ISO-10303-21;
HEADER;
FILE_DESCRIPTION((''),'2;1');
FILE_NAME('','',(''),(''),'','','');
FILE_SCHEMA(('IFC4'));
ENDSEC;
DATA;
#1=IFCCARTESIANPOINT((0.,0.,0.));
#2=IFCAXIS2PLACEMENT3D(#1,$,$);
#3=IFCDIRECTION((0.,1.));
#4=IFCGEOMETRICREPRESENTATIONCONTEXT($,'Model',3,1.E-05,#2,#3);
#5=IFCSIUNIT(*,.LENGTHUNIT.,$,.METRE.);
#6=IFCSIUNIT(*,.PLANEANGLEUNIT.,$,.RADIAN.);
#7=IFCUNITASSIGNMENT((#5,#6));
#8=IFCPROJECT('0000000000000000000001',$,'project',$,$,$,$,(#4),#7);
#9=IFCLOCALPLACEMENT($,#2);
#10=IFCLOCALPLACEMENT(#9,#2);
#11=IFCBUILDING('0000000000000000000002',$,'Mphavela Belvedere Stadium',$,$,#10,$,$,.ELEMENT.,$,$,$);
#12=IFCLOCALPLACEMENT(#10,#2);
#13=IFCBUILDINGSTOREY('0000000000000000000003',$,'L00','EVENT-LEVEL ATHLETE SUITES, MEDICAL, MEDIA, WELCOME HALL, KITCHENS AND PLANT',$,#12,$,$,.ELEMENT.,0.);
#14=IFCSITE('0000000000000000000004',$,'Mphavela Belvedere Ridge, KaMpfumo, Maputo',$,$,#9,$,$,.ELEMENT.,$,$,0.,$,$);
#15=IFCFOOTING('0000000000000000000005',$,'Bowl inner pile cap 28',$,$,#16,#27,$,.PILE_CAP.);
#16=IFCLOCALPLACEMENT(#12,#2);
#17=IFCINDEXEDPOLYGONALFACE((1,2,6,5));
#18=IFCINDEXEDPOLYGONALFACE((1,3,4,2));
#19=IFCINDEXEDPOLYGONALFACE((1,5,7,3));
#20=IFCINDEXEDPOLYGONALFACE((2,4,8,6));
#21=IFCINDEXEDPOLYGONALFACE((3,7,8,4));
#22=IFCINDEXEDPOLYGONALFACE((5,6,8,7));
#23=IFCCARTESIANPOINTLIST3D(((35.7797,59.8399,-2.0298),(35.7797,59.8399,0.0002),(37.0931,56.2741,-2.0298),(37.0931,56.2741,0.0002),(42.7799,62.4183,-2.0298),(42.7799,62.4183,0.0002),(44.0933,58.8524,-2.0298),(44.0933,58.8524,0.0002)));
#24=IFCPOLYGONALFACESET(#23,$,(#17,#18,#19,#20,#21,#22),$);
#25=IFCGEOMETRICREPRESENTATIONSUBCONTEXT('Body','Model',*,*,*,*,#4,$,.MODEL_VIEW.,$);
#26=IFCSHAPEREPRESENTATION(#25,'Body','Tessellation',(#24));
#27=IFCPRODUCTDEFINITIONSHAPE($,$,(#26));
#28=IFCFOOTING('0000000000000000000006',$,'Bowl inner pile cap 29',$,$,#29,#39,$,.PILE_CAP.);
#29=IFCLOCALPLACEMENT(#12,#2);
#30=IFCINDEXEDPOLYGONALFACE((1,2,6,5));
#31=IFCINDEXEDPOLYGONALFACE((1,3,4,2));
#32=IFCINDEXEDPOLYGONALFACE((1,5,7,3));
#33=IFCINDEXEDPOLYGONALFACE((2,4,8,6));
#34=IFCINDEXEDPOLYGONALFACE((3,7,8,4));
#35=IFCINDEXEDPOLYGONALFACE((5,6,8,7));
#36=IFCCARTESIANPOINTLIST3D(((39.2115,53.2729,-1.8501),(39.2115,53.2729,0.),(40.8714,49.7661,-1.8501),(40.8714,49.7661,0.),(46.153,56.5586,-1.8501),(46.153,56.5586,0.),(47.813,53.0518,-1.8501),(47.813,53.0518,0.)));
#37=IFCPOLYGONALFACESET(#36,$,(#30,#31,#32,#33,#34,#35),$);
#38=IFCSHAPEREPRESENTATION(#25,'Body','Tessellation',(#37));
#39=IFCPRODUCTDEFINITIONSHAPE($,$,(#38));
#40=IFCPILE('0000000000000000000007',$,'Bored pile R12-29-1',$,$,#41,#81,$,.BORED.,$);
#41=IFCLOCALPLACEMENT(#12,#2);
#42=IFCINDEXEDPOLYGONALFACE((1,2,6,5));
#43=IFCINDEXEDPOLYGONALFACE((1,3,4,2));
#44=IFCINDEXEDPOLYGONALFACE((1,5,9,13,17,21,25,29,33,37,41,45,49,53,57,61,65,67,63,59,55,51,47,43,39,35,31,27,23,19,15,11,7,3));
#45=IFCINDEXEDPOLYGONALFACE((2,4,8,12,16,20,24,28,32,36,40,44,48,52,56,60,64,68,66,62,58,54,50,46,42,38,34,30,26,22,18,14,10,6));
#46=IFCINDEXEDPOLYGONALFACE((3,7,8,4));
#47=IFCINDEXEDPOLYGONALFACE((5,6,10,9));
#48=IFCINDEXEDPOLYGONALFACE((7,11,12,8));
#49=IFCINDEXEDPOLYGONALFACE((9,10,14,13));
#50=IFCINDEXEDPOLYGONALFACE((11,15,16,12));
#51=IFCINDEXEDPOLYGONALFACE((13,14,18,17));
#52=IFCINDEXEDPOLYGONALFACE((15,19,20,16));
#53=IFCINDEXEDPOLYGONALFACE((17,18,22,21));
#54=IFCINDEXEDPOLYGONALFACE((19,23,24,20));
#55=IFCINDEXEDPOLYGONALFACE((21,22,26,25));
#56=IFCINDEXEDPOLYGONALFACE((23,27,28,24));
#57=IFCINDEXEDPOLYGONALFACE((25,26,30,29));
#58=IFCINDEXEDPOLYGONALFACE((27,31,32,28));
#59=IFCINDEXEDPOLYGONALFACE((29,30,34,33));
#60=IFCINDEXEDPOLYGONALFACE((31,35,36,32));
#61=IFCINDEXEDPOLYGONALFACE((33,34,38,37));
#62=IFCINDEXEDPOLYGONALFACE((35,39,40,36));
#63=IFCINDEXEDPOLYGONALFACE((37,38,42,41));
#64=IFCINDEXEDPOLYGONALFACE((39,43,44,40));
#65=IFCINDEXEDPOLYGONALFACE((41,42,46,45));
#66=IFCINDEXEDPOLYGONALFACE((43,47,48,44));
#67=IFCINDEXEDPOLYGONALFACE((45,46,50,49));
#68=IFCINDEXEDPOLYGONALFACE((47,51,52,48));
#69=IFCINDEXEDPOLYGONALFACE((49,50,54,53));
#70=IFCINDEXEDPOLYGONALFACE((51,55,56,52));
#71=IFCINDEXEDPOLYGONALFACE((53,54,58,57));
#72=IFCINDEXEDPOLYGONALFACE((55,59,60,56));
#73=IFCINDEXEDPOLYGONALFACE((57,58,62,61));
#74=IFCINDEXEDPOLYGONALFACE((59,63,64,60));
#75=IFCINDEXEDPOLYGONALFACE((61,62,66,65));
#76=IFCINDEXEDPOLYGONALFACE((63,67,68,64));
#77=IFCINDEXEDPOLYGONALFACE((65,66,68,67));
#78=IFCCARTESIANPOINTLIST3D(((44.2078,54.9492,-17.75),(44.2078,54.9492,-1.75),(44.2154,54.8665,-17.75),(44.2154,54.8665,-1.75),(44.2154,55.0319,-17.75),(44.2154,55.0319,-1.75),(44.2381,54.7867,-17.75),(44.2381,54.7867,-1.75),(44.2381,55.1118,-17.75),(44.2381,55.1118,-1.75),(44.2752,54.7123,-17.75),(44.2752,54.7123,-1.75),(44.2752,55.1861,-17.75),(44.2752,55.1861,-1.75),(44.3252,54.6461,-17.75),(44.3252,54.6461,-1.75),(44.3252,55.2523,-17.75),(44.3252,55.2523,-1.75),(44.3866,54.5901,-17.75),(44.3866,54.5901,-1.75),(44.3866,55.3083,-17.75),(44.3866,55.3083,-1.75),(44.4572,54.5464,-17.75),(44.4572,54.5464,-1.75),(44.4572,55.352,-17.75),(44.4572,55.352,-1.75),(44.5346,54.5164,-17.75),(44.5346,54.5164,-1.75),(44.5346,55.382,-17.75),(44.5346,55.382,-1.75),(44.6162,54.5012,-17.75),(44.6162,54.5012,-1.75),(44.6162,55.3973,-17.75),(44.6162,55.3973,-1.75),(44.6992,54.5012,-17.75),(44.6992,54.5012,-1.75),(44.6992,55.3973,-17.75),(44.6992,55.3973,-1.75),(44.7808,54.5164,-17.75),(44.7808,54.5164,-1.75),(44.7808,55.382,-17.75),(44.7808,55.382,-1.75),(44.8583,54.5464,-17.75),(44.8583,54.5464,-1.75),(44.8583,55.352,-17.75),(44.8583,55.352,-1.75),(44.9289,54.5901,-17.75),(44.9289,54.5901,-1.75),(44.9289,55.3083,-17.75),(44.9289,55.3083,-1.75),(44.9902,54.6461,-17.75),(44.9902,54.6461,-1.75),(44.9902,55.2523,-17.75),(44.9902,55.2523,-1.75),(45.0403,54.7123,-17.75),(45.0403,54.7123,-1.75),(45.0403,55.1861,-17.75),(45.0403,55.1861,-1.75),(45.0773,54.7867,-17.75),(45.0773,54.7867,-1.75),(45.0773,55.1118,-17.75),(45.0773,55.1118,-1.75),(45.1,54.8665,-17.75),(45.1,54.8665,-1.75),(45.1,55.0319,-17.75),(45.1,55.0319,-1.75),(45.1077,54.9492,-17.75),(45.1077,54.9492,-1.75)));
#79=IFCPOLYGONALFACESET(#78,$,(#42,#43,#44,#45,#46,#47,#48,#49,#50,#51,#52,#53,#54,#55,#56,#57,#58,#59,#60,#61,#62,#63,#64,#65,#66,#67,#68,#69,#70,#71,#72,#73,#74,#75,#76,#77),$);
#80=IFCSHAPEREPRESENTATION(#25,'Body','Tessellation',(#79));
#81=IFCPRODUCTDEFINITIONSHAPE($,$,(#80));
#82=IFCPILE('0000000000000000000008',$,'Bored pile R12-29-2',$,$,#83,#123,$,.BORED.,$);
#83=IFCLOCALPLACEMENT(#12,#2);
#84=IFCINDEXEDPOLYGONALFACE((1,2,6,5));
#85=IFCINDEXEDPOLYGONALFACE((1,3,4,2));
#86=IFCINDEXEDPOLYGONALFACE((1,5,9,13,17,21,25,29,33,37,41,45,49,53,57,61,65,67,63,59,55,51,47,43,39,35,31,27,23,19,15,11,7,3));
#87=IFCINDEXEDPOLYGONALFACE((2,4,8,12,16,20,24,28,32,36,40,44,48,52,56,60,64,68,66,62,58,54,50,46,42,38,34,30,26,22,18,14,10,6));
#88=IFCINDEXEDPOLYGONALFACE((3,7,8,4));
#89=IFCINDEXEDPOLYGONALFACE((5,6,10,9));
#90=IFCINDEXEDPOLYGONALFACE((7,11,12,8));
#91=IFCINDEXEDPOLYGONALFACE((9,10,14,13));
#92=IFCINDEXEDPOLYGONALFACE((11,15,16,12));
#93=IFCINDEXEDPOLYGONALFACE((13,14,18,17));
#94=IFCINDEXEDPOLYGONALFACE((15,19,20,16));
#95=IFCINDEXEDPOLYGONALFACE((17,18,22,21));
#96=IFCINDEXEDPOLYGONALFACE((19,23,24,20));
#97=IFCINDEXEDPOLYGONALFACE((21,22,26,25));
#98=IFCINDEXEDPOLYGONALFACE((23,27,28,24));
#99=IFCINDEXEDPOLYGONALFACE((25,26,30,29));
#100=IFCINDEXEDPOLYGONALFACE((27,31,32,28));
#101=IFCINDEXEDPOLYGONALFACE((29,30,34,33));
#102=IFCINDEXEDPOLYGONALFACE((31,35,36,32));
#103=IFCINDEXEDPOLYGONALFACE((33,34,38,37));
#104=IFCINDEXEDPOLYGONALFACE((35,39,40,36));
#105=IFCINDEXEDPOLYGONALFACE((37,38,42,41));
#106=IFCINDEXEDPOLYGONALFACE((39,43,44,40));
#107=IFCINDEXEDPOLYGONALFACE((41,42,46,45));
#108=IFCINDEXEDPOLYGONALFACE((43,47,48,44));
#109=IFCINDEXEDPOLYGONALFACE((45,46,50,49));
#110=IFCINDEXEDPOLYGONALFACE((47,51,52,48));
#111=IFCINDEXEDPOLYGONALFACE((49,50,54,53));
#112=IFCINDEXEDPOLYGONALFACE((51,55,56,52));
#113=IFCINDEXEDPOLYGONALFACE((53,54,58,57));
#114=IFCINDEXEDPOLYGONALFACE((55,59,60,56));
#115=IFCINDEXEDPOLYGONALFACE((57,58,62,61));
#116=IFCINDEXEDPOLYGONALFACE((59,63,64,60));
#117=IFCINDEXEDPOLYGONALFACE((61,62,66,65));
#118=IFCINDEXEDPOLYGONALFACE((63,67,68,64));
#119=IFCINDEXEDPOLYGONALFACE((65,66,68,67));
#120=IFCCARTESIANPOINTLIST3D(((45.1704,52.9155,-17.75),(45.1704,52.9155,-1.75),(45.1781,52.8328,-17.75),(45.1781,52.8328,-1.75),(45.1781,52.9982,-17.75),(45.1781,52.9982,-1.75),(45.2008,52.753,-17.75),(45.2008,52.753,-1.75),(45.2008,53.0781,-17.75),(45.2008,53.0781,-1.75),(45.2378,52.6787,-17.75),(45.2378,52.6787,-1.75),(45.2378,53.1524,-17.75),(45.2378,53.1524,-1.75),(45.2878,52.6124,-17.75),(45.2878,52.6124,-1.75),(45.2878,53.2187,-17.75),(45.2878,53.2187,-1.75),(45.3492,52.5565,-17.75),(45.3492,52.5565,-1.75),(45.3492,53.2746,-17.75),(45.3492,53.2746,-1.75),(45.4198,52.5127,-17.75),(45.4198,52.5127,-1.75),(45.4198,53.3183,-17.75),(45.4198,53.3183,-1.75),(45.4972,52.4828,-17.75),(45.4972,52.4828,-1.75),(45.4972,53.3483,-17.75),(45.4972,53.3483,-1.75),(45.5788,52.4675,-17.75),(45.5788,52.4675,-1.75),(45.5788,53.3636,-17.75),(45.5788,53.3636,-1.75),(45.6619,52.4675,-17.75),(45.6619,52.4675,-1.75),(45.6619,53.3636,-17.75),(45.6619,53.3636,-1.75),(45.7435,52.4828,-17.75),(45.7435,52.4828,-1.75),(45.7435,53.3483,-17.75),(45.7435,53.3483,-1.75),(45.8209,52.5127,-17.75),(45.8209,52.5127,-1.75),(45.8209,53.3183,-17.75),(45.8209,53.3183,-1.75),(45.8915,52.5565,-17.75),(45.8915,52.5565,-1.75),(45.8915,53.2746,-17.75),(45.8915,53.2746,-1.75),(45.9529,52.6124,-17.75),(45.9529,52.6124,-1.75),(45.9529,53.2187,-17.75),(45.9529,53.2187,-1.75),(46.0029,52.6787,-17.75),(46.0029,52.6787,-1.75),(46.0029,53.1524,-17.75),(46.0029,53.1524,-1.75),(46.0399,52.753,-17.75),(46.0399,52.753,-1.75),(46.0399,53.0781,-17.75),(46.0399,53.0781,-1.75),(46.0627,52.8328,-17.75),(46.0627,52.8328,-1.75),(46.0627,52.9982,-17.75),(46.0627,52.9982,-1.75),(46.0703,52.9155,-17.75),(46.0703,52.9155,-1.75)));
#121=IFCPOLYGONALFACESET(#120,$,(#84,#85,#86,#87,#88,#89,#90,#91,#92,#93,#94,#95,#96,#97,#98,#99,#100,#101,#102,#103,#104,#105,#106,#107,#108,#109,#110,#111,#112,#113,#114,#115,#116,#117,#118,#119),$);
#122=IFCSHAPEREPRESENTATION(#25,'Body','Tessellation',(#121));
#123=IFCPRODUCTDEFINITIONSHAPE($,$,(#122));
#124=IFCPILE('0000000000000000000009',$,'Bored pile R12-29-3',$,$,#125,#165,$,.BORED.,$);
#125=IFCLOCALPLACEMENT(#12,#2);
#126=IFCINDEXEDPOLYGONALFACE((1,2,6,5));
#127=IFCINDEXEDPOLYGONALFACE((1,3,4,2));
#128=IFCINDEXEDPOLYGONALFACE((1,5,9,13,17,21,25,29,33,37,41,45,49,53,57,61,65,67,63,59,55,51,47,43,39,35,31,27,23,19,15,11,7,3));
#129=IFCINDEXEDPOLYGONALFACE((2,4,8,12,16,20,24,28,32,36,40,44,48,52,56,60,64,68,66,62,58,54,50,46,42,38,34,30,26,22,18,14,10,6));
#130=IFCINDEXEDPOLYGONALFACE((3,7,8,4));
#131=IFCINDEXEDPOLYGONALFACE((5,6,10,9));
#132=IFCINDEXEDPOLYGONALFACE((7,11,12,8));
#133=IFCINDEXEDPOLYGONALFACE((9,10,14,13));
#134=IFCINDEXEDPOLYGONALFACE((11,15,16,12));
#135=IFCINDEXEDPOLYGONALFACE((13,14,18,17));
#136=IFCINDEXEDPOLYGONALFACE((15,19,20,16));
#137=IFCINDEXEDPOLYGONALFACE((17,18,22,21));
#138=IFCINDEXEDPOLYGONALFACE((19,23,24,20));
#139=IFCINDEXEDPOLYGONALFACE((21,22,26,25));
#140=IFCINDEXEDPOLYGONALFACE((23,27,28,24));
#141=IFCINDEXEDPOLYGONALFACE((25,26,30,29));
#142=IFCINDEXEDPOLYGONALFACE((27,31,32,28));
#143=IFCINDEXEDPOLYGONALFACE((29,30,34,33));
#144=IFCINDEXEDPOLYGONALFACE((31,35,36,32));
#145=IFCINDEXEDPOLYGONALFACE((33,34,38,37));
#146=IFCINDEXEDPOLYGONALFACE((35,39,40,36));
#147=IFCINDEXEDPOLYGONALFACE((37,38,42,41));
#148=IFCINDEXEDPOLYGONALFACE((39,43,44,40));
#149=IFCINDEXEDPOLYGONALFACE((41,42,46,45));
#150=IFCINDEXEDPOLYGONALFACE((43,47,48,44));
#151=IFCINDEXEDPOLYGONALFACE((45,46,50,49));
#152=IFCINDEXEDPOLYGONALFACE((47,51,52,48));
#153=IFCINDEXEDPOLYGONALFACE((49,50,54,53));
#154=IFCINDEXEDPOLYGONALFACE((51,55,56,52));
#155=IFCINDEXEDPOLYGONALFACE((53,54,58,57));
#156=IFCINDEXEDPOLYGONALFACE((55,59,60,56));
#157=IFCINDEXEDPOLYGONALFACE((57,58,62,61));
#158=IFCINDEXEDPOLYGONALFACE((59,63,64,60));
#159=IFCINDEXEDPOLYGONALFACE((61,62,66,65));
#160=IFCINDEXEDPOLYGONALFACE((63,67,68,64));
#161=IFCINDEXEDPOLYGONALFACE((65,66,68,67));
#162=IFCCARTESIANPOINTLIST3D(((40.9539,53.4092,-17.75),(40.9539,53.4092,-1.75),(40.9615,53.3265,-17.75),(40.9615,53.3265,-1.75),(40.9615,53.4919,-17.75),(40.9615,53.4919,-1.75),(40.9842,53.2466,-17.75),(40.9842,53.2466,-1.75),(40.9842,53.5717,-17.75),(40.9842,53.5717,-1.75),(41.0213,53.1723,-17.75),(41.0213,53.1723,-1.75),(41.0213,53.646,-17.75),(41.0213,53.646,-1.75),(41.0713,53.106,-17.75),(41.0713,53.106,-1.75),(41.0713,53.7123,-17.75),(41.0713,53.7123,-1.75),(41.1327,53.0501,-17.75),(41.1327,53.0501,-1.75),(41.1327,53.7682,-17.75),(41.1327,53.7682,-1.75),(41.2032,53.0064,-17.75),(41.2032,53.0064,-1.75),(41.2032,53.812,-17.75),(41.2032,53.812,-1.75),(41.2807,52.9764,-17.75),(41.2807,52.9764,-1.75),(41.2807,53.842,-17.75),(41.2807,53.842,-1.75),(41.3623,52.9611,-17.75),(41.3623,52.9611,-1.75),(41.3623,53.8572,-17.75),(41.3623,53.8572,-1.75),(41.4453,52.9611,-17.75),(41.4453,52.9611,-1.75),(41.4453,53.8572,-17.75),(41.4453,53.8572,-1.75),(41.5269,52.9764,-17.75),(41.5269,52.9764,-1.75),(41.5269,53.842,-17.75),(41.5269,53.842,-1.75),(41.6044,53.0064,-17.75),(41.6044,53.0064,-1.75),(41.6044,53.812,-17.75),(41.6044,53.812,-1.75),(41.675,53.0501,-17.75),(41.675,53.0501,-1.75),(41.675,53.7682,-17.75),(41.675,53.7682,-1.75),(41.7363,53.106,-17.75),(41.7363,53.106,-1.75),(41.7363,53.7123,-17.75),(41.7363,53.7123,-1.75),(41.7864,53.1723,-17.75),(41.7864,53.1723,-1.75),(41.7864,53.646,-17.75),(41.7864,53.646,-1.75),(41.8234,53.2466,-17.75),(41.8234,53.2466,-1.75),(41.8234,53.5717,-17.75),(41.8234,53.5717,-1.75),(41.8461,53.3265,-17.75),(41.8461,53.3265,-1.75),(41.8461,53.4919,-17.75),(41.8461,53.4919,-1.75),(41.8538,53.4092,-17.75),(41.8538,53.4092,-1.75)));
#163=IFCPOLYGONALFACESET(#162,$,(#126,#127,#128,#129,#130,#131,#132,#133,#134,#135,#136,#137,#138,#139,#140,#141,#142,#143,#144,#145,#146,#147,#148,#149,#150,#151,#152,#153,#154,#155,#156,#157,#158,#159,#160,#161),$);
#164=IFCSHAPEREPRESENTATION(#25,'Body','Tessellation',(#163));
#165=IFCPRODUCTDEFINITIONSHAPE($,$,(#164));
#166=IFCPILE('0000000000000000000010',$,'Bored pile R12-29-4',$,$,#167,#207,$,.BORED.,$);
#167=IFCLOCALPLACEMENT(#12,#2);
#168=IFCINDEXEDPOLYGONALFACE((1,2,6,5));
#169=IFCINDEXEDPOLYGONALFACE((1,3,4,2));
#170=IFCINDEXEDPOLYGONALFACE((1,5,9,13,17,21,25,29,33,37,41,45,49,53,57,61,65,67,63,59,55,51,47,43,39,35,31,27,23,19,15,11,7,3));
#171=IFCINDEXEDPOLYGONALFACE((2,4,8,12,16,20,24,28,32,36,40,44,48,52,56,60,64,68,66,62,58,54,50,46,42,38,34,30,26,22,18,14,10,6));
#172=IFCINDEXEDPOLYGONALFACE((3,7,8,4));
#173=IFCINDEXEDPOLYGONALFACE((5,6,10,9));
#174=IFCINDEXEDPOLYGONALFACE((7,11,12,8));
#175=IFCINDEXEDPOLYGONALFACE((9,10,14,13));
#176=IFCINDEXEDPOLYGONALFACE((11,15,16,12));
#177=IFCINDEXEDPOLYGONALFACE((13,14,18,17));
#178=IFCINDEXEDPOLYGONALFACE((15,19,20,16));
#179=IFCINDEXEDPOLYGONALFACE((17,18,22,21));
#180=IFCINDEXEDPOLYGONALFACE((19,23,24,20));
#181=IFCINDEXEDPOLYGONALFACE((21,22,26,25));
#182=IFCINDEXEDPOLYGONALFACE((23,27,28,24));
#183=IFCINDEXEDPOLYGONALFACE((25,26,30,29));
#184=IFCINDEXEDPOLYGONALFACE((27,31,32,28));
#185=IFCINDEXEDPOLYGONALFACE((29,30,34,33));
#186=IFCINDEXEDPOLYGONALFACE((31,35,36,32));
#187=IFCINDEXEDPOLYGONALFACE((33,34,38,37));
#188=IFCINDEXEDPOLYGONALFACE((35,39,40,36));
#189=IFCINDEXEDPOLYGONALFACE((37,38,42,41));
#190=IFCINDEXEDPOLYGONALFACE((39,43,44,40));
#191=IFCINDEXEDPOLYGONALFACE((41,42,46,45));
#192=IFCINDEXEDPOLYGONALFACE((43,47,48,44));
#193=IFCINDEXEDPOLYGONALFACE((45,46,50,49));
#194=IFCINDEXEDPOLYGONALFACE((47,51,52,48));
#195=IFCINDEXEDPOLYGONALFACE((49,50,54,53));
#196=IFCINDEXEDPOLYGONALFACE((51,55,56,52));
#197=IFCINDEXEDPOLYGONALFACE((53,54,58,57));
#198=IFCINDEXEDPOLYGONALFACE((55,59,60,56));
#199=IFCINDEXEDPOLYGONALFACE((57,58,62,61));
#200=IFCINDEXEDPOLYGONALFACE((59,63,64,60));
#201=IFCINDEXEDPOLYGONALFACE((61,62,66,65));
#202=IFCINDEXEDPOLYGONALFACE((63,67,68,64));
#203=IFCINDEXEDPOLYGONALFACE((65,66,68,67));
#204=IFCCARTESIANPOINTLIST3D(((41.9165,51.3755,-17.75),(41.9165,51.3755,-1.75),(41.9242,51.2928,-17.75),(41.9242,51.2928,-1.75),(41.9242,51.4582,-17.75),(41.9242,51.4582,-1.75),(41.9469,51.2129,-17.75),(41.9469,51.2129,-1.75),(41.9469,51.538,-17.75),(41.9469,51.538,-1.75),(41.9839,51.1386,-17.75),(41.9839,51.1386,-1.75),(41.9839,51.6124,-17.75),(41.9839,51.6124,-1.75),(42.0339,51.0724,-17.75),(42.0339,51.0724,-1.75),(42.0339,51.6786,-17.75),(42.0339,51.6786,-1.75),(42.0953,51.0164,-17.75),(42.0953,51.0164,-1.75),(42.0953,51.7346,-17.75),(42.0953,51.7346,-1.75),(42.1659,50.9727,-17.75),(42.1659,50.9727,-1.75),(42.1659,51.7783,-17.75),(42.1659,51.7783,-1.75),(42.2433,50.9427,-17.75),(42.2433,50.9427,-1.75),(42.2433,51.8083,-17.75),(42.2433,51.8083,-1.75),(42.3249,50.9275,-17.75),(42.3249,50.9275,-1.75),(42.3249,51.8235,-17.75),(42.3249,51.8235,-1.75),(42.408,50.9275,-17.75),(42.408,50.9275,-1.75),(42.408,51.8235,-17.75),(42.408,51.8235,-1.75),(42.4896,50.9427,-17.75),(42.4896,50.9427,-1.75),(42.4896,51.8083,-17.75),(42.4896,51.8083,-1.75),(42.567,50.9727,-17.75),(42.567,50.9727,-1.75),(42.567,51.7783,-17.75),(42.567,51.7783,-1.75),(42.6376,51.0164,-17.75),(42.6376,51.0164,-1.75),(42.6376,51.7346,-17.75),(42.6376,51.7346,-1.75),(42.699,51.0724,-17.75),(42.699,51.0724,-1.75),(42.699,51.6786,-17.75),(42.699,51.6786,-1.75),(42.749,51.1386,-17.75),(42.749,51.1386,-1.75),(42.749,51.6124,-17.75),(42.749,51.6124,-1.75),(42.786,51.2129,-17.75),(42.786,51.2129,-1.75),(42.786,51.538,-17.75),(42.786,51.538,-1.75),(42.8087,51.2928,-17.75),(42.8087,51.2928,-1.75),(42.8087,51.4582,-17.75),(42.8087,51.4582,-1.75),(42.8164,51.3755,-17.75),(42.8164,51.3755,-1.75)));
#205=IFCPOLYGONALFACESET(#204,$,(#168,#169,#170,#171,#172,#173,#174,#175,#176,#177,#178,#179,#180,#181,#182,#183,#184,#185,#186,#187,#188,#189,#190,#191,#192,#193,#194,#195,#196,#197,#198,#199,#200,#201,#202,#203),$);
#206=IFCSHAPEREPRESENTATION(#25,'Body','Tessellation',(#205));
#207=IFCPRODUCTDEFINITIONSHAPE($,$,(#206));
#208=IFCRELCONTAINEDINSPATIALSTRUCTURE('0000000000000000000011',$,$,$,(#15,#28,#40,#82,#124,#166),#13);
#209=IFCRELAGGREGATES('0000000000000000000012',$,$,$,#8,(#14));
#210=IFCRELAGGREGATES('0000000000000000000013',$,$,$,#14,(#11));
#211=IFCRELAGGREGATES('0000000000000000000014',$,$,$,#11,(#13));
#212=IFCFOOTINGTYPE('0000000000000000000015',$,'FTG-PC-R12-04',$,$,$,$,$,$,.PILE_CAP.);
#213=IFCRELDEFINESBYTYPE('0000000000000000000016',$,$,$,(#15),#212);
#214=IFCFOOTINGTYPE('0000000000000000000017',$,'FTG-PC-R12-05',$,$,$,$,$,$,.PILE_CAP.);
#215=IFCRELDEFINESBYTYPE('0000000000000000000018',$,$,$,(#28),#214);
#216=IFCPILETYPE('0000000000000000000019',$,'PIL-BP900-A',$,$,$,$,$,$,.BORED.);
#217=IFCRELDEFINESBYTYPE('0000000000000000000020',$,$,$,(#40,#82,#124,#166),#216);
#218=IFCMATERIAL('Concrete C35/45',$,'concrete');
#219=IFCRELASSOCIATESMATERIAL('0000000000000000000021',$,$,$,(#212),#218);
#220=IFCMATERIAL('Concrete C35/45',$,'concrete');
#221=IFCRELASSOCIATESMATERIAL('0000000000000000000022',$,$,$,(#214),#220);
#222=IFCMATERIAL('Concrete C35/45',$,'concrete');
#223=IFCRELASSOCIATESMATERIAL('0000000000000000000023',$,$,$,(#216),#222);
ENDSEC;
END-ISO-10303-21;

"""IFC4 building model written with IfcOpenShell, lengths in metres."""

from ifc_helpers import new_model, si_unit, direction, frame, origin, origin_2d, place, context, subcontext, project, spatial, rectangle, circle, extrude, material, material_profile, profile_set, type_object, element, save


model = new_model("IFC4")

# Units and contexts
model_context = context("Model", 3, precision=1e-05, world=origin(), true_north=direction((0.0, 1.0)))
body_context = subcontext(model_context, "Body", "Model", "MODEL_VIEW")
ifc_project = project(units=[si_unit("LENGTHUNIT", "METRE"), si_unit("PLANEANGLEUNIT", "RADIAN")], contexts=[model_context])

# Site, building, storey
site_placement = place(None, origin())
site = spatial("IfcSite", under=ifc_project, at=site_placement, Name="Mphavela Belvedere Ridge, KaMpfumo, Maputo", CompositionType="ELEMENT", RefElevation=0.0)
building_placement = place(site_placement, origin())
building = spatial("IfcBuilding", under=site, at=building_placement, Name="Mphavela Belvedere Stadium", CompositionType="ELEMENT")
storey_placement = place(building_placement, origin())
storey = spatial("IfcBuildingStorey", under=building, at=storey_placement, Name="L00", Description="EVENT-LEVEL ATHLETE SUITES, MEDICAL, MEDIA, WELCOME HALL, KITCHENS AND PLANT", CompositionType="ELEMENT", Elevation=0.0)

# Footings
ifc_material_1 = material(Name="Concrete C35/45", Category="concrete")
footing_type_1 = type_object("IfcFootingType", Name="FTG-PC-R12-04", PredefinedType="PILE_CAP", material=ifc_material_1)
footing_1_placement = place(storey_placement, frame((39.9365, 59.3462, -2.0298), z_axis=(0.0, 0.0, 1.0), x_axis=(-0.938372, -0.345626, 0.0)))
element("IfcFooting", 1, at=footing_1_placement, inside=storey, type_object=footing_type_1, Name="Bowl inner pile cap 28", PredefinedType="PILE_CAP", context=body_context, shape_type="SweptSolid", body=[
    extrude(rectangle(XDim=7.46, YDim=3.8, at=origin_2d()), origin(), (0.0, 0.0, 1.0), 2.03),
])
ifc_material_2 = material(Name="Concrete C35/45", Category="concrete")
footing_type_2 = type_object("IfcFootingType", Name="FTG-PC-R12-05", PredefinedType="PILE_CAP", material=ifc_material_2)
footing_2_placement = place(storey_placement, frame((43.5122, 53.1624, -1.8501), z_axis=(0.0, 0.0, 1.0), x_axis=(-0.903859, -0.427831, 0.0)))
element("IfcFooting", 2, at=footing_2_placement, inside=storey, type_object=footing_type_2, Name="Bowl inner pile cap 29", PredefinedType="PILE_CAP", context=body_context, shape_type="SweptSolid", body=[
    extrude(rectangle(XDim=7.6799, YDim=3.8799, at=origin_2d()), origin(), (0.0, 0.0, 1.0), 1.8501),
])

# Piles
ifc_material_3 = material(Name="Concrete C35/45", Category="concrete")
ifc_material_profile_1 = material_profile(ifc_material_3, circle(Radius=0.45, at=origin_2d()), Name="BP D900")
ifc_profile_set_1 = profile_set([ifc_material_profile_1], Name="Concrete C35/45")
pile_type_1 = type_object("IfcPileType", Name="PIL-BP900-A", PredefinedType="BORED", material=ifc_profile_set_1)
for number, where, z_axis, x_axis, name in (
    (3, (44.6577, 54.9492, -1.75), (0.0, 0.0, -1.0), (1.0, 0.0, 0.0), "Bored pile R12-29-1"),
    (4, (45.6204, 52.9155, -1.75), (0.0, 0.0, -1.0), (1.0, 0.0, 0.0), "Bored pile R12-29-2"),
    (5, (41.4038, 53.4092, -1.75), (0.0, 0.0, -1.0), (1.0, 0.0, 0.0), "Bored pile R12-29-3"),
    (6, (42.3665, 51.3755, -1.75), (0.0, 0.0, -1.0), (1.0, 0.0, 0.0), "Bored pile R12-29-4"),
):
    element("IfcPile", number, at=place(storey_placement, frame(where, z_axis=z_axis, x_axis=x_axis)), inside=storey, type_object=pile_type_1, Name=name, PredefinedType="BORED", context=body_context, shape_type="SweptSolid", body=[
        extrude(circle(Radius=0.45, at=origin_2d()), origin(), (0.0, 0.0, 1.0), 16.0),
    ])

save(model, "model.ifc")
